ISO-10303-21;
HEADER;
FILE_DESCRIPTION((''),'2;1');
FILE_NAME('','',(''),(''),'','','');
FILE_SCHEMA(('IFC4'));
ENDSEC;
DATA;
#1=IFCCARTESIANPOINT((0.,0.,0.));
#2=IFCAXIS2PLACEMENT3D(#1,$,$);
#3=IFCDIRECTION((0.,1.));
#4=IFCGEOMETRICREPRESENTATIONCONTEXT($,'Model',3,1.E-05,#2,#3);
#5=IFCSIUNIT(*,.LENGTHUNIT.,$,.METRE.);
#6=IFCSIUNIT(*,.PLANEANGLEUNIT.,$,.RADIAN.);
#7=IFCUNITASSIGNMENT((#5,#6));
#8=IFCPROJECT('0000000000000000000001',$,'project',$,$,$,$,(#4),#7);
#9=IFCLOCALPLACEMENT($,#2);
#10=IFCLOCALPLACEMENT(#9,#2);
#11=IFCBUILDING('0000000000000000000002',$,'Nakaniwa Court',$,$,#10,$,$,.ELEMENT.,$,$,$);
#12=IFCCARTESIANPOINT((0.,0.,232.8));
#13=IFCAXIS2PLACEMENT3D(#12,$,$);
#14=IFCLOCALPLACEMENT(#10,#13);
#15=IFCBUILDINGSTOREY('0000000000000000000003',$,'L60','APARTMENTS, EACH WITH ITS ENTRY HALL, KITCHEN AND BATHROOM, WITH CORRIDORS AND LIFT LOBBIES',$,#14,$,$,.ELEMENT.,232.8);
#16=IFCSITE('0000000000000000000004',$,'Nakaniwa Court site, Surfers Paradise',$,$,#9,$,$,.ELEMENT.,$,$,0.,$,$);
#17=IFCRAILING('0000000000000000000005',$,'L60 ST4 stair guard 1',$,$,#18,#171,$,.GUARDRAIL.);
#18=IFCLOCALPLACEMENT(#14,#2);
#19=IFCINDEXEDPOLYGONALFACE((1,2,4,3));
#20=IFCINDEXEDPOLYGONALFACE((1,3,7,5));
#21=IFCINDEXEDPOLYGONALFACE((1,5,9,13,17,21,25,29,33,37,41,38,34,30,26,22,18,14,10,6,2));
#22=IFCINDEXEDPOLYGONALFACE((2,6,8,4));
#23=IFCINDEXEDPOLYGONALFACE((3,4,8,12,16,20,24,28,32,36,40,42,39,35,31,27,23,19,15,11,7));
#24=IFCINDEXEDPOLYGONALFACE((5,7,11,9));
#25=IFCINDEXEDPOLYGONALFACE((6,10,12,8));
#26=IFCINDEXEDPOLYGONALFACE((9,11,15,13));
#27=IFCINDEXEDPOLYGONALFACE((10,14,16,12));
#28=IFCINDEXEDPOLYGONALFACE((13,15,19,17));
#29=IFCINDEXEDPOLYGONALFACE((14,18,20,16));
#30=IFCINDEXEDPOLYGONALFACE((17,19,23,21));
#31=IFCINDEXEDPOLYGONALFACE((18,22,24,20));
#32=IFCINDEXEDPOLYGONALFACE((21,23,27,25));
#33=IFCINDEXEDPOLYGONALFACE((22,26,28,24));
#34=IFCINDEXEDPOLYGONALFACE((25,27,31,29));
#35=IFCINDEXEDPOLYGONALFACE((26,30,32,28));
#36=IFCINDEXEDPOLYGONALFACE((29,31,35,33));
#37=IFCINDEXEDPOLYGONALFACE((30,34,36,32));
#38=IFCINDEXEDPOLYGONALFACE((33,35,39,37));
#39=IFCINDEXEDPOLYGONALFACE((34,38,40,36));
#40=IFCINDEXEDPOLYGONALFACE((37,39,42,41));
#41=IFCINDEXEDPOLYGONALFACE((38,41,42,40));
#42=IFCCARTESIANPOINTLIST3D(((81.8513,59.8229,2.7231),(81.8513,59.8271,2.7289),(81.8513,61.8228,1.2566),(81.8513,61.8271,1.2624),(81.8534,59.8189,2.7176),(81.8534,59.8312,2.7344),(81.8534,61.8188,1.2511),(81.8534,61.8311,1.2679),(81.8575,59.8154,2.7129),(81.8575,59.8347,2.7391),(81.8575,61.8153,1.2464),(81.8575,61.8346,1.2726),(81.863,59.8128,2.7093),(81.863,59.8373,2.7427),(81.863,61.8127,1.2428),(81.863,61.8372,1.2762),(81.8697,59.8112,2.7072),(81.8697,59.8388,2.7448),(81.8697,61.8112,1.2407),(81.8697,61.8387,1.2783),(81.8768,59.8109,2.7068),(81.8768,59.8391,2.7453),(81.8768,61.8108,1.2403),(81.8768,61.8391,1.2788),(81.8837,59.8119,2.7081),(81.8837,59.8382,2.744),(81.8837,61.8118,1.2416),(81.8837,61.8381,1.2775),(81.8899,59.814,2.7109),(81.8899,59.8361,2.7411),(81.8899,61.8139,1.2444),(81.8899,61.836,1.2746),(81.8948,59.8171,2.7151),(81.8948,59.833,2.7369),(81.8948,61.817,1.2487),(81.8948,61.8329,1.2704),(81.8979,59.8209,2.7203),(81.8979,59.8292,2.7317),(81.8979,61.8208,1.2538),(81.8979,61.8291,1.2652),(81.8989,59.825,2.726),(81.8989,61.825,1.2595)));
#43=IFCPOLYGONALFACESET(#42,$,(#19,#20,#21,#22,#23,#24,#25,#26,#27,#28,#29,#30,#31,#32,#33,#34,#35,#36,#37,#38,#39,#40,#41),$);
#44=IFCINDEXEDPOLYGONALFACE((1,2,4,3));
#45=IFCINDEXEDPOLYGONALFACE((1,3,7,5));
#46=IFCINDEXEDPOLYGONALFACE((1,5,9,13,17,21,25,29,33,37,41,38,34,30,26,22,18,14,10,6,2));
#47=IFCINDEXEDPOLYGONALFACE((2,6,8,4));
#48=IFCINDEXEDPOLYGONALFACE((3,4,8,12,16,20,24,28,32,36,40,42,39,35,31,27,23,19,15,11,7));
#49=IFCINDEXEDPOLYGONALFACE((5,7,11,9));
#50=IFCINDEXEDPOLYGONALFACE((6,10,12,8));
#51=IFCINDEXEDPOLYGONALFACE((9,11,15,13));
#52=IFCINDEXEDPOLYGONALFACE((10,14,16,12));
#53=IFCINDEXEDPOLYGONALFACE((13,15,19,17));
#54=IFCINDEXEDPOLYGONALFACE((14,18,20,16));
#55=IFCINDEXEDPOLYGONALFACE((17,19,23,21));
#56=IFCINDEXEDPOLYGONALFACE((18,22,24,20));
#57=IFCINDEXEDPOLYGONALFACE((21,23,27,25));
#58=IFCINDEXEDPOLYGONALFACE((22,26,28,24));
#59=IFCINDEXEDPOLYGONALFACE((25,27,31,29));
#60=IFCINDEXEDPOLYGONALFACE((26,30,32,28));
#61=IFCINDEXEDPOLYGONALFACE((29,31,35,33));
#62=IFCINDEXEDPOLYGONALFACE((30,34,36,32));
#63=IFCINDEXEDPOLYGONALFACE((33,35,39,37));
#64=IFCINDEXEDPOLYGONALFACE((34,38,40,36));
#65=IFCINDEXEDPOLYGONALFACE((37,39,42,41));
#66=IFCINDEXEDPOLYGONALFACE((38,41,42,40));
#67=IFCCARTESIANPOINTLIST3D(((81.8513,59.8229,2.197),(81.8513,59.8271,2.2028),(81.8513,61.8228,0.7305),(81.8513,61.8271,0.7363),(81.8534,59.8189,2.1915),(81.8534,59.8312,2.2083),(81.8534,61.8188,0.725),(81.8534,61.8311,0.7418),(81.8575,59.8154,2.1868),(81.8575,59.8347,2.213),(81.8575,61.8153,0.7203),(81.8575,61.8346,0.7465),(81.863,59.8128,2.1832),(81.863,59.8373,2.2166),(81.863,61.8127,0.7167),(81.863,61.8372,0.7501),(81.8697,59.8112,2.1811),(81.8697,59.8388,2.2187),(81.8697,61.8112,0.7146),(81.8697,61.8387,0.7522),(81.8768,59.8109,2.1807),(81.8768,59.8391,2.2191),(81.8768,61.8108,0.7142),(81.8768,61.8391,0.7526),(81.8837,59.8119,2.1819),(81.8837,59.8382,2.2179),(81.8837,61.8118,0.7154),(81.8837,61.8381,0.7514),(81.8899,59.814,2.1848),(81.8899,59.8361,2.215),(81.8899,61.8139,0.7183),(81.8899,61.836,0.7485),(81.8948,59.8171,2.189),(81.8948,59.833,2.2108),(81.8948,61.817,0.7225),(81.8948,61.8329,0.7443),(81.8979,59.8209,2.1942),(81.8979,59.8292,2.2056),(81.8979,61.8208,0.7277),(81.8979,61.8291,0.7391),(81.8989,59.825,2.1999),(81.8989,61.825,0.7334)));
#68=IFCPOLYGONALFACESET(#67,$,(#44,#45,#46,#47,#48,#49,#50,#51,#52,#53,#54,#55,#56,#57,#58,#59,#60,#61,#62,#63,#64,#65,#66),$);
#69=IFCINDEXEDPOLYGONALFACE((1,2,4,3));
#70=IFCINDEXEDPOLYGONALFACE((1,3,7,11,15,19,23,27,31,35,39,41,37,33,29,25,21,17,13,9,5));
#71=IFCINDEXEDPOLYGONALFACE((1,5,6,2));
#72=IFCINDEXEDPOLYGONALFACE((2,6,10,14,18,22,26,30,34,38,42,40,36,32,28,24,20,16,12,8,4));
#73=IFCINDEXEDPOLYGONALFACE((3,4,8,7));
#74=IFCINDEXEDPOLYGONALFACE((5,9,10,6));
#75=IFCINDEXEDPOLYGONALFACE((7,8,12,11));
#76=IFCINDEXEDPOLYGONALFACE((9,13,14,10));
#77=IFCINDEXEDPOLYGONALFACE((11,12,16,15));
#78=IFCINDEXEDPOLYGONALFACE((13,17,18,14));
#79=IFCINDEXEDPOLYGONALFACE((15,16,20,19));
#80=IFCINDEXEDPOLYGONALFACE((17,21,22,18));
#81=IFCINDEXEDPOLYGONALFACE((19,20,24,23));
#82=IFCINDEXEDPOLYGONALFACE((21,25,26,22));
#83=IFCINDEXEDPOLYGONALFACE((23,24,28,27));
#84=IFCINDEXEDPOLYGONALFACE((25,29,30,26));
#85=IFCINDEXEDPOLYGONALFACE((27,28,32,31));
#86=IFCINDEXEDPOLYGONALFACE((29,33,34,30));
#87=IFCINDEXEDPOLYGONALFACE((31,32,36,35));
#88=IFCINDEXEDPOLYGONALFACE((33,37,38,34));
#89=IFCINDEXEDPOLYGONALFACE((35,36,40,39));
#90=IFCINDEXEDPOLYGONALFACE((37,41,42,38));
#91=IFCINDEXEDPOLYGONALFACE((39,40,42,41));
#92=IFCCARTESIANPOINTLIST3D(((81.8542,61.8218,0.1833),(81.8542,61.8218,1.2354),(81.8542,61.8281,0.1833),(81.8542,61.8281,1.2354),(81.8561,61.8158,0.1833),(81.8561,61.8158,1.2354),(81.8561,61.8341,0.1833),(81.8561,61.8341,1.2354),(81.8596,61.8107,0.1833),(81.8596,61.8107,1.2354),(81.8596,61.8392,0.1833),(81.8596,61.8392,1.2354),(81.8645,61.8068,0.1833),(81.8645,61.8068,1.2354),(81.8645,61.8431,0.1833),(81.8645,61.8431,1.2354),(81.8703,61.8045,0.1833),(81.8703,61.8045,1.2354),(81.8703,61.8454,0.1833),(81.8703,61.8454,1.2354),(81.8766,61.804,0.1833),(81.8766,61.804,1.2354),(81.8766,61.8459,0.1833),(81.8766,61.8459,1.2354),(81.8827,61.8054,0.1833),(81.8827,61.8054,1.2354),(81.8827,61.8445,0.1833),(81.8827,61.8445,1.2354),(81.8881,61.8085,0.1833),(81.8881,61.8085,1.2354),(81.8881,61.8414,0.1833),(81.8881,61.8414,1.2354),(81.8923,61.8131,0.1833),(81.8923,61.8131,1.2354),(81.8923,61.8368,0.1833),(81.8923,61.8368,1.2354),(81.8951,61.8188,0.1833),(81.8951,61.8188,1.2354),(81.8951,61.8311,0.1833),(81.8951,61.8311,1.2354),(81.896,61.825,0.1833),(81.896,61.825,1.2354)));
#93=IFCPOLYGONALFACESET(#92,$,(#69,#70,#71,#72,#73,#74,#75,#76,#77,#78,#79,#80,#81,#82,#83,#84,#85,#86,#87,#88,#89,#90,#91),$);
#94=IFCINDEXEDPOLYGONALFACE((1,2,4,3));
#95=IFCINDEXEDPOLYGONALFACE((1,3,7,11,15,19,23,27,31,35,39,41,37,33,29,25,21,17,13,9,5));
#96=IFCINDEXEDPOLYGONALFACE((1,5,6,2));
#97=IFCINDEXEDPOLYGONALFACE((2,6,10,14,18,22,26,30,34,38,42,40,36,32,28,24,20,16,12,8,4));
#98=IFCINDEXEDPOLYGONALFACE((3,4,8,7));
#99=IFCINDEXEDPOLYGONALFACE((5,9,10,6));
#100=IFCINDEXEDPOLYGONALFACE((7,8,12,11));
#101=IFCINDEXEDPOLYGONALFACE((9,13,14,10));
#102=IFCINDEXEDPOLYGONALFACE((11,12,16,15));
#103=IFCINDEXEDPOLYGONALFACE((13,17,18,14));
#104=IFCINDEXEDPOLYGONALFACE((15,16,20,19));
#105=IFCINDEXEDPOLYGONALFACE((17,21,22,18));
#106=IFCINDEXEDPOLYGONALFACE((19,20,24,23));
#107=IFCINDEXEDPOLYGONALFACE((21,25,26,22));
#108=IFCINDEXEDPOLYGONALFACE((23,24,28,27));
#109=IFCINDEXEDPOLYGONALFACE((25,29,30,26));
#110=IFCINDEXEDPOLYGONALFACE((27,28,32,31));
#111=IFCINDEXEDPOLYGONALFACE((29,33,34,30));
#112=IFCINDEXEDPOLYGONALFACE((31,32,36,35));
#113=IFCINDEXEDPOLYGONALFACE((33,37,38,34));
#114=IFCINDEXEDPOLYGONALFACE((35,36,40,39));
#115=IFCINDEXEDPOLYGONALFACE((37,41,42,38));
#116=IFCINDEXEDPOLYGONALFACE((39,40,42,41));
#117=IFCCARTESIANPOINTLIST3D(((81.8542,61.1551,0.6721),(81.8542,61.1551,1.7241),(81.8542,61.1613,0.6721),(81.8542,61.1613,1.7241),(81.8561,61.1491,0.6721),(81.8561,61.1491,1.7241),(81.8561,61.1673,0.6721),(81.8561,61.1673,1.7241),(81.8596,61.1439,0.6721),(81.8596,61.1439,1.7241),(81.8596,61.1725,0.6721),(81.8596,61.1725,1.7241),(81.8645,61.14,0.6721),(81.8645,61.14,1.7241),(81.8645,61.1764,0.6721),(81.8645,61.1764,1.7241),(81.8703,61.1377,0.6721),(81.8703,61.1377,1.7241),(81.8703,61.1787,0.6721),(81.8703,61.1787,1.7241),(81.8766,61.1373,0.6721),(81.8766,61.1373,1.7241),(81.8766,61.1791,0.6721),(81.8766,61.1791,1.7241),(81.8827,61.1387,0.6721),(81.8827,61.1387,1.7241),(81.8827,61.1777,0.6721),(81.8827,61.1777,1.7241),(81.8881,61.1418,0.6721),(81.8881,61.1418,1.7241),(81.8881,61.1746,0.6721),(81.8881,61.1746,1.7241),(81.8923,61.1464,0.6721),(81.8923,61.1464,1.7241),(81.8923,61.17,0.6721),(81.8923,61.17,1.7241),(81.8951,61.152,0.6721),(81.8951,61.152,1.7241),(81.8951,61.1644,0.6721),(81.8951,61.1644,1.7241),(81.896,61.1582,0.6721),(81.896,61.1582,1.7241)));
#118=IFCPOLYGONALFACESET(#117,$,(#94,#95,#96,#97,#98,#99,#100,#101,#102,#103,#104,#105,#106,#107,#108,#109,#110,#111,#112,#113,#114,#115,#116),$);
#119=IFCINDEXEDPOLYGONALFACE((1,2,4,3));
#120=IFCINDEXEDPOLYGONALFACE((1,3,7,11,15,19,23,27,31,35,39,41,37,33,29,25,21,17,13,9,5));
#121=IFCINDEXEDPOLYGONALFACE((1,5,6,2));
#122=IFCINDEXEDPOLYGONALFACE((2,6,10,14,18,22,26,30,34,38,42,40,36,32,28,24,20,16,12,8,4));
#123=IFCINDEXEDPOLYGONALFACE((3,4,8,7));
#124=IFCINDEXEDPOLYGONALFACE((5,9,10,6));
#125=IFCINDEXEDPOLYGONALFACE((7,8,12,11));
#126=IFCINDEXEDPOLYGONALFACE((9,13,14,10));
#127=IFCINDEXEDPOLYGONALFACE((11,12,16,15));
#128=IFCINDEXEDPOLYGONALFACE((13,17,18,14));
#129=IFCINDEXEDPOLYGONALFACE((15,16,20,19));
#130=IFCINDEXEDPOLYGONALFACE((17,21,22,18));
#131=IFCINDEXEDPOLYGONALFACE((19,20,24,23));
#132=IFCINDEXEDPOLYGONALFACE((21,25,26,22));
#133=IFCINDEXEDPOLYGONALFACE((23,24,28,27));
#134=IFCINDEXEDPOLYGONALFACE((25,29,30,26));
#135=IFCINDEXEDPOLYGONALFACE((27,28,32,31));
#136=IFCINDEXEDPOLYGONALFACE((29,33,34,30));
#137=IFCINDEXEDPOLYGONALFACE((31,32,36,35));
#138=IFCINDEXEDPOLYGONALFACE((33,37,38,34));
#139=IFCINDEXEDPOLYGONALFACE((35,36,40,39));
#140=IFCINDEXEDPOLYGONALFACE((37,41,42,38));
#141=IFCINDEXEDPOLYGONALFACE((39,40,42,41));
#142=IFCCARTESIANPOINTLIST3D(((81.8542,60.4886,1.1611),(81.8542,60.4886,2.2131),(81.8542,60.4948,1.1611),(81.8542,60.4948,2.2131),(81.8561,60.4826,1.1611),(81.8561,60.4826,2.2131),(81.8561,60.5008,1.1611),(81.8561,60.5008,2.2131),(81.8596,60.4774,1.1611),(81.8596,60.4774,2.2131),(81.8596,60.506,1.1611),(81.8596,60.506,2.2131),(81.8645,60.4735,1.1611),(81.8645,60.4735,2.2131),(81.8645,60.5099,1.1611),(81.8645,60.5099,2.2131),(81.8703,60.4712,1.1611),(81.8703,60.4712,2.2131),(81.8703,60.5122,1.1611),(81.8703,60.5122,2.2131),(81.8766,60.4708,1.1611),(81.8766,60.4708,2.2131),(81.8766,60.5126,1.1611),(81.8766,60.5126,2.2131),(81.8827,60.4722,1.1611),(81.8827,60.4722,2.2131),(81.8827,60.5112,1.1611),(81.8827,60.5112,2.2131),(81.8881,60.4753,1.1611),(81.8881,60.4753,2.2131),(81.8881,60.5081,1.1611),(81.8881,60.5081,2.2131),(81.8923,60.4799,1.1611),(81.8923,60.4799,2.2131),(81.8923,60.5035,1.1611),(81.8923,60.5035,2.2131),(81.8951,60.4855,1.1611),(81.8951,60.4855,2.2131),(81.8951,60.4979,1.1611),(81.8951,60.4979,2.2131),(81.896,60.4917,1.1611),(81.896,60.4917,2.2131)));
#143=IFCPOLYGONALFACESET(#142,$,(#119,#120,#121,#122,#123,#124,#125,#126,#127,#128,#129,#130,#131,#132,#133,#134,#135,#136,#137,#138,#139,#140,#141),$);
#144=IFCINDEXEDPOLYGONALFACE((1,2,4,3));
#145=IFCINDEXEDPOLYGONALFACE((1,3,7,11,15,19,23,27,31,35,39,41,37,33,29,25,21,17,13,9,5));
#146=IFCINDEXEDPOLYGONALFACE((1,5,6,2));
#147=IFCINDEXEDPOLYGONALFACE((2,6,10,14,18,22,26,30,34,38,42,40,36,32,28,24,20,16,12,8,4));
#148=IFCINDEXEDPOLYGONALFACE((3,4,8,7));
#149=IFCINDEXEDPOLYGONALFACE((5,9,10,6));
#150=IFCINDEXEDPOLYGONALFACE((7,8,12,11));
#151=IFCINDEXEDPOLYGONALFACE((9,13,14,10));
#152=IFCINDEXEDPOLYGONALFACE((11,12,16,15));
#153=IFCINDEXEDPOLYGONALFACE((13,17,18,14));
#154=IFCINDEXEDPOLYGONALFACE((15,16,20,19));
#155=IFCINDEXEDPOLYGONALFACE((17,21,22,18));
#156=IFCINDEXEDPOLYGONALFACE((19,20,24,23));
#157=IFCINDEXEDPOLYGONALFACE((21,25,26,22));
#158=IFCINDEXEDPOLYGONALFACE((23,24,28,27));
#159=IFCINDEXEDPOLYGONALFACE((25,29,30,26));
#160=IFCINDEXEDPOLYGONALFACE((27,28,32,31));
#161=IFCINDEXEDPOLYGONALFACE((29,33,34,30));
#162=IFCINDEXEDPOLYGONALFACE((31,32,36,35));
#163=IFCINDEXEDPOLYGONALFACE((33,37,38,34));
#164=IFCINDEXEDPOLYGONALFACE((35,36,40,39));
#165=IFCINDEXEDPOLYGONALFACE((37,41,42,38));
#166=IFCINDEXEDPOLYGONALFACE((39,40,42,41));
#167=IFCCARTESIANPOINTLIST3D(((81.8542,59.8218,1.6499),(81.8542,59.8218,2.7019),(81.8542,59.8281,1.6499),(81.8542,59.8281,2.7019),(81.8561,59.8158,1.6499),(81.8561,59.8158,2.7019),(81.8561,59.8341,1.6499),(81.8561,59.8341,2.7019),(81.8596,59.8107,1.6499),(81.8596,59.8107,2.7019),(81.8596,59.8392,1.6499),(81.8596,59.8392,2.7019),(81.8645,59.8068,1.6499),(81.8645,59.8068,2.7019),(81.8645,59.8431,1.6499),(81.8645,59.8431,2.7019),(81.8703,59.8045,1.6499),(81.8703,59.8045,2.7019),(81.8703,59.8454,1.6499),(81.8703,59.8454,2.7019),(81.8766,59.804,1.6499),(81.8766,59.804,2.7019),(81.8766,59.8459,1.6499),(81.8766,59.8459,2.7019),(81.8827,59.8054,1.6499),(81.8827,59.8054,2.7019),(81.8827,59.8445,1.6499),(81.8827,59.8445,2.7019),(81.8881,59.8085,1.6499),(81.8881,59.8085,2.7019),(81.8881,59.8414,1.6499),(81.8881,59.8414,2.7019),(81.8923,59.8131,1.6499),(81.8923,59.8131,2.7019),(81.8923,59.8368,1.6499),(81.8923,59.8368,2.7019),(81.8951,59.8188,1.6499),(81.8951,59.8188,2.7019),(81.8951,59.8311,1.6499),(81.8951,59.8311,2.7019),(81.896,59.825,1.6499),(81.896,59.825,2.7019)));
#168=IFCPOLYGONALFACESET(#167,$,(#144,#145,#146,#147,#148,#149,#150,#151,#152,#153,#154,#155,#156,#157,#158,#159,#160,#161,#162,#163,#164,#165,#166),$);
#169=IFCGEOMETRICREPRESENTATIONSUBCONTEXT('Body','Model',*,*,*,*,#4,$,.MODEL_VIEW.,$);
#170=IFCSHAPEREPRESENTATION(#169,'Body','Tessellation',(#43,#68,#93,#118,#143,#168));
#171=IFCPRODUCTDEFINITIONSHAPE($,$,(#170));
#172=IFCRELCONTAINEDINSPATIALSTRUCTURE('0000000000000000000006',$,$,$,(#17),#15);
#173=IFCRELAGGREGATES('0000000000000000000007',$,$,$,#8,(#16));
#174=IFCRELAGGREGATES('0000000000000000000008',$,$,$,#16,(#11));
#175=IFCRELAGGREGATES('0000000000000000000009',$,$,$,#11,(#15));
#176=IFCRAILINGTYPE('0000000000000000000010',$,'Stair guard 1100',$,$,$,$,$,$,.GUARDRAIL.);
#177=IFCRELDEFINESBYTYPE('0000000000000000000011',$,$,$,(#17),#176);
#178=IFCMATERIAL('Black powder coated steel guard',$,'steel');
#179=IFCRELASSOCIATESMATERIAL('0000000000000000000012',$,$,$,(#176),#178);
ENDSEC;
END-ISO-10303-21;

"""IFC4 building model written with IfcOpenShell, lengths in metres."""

from ifc_helpers import new_model, si_unit, direction, frame, origin, origin_2d, place, context, subcontext, project, spatial, circle, extrude, material, type_object, element, save


model = new_model("IFC4")

# Units and contexts
model_context = context("Model", 3, precision=1e-05, world=origin(), true_north=direction((0.0, 1.0)))
body_context = subcontext(model_context, "Body", "Model", "MODEL_VIEW")
ifc_project = project(units=[si_unit("LENGTHUNIT", "METRE"), si_unit("PLANEANGLEUNIT", "RADIAN")], contexts=[model_context])

# Site, building, storey
site_placement = place(None, origin())
site = spatial("IfcSite", under=ifc_project, at=site_placement, Name="Nakaniwa Court site, Surfers Paradise", CompositionType="ELEMENT", RefElevation=0.0)
building_placement = place(site_placement, origin())
building = spatial("IfcBuilding", under=site, at=building_placement, Name="Nakaniwa Court", CompositionType="ELEMENT")
storey_placement = place(building_placement, frame((0.0, 0.0, 232.8)))
storey = spatial("IfcBuildingStorey", under=building, at=storey_placement, Name="L60", Description="APARTMENTS, EACH WITH ITS ENTRY HALL, KITCHEN AND BATHROOM, WITH CORRIDORS AND LIFT LOBBIES", CompositionType="ELEMENT", Elevation=232.8)

# Railing
ifc_material_1 = material(Name="Black powder coated steel guard", Category="steel")
railing_type_1 = type_object("IfcRailingType", Name="Stair guard 1100", PredefinedType="GUARDRAIL", material=ifc_material_1)
railing_1_placement = place(storey_placement, frame((81.875, 61.825, 0.1833)))
element("IfcRailing", 1, at=railing_1_placement, inside=storey, type_object=railing_type_1, Name="L60 ST4 stair guard 1", PredefinedType="GUARDRAIL", context=body_context, shape_type="SweptSolid", body=[
    extrude(circle(Radius=0.0239, at=origin_2d()), frame((0.0, 0.0, 1.0762), z_axis=(0.0, -0.806427, 0.591334), x_axis=(1.0, 0.0, 0.0)), (0.0, 0.0, 1.0), 2.48),
    extrude(circle(Radius=0.0239, at=origin_2d()), frame((0.0, 0.0, 0.55), z_axis=(0.0, -0.806427, 0.591334), x_axis=(1.0, 0.0, 0.0)), (0.0, 0.0, 1.0), 2.48),
    extrude(circle(Radius=0.021, at=origin_2d()), origin(), (0.0, 0.0, 1.0), 1.052),
    extrude(circle(Radius=0.021, at=origin_2d()), frame((0.0, -0.6667, 0.4888)), (0.0, 0.0, 1.0), 1.052),
    extrude(circle(Radius=0.021, at=origin_2d()), frame((0.0, -1.3333, 0.9778)), (0.0, 0.0, 1.0), 1.052),
    extrude(circle(Radius=0.021, at=origin_2d()), frame((0.0, -2.0, 1.4666)), (0.0, 0.0, 1.0), 1.052),
])

save(model, "model.ifc")
